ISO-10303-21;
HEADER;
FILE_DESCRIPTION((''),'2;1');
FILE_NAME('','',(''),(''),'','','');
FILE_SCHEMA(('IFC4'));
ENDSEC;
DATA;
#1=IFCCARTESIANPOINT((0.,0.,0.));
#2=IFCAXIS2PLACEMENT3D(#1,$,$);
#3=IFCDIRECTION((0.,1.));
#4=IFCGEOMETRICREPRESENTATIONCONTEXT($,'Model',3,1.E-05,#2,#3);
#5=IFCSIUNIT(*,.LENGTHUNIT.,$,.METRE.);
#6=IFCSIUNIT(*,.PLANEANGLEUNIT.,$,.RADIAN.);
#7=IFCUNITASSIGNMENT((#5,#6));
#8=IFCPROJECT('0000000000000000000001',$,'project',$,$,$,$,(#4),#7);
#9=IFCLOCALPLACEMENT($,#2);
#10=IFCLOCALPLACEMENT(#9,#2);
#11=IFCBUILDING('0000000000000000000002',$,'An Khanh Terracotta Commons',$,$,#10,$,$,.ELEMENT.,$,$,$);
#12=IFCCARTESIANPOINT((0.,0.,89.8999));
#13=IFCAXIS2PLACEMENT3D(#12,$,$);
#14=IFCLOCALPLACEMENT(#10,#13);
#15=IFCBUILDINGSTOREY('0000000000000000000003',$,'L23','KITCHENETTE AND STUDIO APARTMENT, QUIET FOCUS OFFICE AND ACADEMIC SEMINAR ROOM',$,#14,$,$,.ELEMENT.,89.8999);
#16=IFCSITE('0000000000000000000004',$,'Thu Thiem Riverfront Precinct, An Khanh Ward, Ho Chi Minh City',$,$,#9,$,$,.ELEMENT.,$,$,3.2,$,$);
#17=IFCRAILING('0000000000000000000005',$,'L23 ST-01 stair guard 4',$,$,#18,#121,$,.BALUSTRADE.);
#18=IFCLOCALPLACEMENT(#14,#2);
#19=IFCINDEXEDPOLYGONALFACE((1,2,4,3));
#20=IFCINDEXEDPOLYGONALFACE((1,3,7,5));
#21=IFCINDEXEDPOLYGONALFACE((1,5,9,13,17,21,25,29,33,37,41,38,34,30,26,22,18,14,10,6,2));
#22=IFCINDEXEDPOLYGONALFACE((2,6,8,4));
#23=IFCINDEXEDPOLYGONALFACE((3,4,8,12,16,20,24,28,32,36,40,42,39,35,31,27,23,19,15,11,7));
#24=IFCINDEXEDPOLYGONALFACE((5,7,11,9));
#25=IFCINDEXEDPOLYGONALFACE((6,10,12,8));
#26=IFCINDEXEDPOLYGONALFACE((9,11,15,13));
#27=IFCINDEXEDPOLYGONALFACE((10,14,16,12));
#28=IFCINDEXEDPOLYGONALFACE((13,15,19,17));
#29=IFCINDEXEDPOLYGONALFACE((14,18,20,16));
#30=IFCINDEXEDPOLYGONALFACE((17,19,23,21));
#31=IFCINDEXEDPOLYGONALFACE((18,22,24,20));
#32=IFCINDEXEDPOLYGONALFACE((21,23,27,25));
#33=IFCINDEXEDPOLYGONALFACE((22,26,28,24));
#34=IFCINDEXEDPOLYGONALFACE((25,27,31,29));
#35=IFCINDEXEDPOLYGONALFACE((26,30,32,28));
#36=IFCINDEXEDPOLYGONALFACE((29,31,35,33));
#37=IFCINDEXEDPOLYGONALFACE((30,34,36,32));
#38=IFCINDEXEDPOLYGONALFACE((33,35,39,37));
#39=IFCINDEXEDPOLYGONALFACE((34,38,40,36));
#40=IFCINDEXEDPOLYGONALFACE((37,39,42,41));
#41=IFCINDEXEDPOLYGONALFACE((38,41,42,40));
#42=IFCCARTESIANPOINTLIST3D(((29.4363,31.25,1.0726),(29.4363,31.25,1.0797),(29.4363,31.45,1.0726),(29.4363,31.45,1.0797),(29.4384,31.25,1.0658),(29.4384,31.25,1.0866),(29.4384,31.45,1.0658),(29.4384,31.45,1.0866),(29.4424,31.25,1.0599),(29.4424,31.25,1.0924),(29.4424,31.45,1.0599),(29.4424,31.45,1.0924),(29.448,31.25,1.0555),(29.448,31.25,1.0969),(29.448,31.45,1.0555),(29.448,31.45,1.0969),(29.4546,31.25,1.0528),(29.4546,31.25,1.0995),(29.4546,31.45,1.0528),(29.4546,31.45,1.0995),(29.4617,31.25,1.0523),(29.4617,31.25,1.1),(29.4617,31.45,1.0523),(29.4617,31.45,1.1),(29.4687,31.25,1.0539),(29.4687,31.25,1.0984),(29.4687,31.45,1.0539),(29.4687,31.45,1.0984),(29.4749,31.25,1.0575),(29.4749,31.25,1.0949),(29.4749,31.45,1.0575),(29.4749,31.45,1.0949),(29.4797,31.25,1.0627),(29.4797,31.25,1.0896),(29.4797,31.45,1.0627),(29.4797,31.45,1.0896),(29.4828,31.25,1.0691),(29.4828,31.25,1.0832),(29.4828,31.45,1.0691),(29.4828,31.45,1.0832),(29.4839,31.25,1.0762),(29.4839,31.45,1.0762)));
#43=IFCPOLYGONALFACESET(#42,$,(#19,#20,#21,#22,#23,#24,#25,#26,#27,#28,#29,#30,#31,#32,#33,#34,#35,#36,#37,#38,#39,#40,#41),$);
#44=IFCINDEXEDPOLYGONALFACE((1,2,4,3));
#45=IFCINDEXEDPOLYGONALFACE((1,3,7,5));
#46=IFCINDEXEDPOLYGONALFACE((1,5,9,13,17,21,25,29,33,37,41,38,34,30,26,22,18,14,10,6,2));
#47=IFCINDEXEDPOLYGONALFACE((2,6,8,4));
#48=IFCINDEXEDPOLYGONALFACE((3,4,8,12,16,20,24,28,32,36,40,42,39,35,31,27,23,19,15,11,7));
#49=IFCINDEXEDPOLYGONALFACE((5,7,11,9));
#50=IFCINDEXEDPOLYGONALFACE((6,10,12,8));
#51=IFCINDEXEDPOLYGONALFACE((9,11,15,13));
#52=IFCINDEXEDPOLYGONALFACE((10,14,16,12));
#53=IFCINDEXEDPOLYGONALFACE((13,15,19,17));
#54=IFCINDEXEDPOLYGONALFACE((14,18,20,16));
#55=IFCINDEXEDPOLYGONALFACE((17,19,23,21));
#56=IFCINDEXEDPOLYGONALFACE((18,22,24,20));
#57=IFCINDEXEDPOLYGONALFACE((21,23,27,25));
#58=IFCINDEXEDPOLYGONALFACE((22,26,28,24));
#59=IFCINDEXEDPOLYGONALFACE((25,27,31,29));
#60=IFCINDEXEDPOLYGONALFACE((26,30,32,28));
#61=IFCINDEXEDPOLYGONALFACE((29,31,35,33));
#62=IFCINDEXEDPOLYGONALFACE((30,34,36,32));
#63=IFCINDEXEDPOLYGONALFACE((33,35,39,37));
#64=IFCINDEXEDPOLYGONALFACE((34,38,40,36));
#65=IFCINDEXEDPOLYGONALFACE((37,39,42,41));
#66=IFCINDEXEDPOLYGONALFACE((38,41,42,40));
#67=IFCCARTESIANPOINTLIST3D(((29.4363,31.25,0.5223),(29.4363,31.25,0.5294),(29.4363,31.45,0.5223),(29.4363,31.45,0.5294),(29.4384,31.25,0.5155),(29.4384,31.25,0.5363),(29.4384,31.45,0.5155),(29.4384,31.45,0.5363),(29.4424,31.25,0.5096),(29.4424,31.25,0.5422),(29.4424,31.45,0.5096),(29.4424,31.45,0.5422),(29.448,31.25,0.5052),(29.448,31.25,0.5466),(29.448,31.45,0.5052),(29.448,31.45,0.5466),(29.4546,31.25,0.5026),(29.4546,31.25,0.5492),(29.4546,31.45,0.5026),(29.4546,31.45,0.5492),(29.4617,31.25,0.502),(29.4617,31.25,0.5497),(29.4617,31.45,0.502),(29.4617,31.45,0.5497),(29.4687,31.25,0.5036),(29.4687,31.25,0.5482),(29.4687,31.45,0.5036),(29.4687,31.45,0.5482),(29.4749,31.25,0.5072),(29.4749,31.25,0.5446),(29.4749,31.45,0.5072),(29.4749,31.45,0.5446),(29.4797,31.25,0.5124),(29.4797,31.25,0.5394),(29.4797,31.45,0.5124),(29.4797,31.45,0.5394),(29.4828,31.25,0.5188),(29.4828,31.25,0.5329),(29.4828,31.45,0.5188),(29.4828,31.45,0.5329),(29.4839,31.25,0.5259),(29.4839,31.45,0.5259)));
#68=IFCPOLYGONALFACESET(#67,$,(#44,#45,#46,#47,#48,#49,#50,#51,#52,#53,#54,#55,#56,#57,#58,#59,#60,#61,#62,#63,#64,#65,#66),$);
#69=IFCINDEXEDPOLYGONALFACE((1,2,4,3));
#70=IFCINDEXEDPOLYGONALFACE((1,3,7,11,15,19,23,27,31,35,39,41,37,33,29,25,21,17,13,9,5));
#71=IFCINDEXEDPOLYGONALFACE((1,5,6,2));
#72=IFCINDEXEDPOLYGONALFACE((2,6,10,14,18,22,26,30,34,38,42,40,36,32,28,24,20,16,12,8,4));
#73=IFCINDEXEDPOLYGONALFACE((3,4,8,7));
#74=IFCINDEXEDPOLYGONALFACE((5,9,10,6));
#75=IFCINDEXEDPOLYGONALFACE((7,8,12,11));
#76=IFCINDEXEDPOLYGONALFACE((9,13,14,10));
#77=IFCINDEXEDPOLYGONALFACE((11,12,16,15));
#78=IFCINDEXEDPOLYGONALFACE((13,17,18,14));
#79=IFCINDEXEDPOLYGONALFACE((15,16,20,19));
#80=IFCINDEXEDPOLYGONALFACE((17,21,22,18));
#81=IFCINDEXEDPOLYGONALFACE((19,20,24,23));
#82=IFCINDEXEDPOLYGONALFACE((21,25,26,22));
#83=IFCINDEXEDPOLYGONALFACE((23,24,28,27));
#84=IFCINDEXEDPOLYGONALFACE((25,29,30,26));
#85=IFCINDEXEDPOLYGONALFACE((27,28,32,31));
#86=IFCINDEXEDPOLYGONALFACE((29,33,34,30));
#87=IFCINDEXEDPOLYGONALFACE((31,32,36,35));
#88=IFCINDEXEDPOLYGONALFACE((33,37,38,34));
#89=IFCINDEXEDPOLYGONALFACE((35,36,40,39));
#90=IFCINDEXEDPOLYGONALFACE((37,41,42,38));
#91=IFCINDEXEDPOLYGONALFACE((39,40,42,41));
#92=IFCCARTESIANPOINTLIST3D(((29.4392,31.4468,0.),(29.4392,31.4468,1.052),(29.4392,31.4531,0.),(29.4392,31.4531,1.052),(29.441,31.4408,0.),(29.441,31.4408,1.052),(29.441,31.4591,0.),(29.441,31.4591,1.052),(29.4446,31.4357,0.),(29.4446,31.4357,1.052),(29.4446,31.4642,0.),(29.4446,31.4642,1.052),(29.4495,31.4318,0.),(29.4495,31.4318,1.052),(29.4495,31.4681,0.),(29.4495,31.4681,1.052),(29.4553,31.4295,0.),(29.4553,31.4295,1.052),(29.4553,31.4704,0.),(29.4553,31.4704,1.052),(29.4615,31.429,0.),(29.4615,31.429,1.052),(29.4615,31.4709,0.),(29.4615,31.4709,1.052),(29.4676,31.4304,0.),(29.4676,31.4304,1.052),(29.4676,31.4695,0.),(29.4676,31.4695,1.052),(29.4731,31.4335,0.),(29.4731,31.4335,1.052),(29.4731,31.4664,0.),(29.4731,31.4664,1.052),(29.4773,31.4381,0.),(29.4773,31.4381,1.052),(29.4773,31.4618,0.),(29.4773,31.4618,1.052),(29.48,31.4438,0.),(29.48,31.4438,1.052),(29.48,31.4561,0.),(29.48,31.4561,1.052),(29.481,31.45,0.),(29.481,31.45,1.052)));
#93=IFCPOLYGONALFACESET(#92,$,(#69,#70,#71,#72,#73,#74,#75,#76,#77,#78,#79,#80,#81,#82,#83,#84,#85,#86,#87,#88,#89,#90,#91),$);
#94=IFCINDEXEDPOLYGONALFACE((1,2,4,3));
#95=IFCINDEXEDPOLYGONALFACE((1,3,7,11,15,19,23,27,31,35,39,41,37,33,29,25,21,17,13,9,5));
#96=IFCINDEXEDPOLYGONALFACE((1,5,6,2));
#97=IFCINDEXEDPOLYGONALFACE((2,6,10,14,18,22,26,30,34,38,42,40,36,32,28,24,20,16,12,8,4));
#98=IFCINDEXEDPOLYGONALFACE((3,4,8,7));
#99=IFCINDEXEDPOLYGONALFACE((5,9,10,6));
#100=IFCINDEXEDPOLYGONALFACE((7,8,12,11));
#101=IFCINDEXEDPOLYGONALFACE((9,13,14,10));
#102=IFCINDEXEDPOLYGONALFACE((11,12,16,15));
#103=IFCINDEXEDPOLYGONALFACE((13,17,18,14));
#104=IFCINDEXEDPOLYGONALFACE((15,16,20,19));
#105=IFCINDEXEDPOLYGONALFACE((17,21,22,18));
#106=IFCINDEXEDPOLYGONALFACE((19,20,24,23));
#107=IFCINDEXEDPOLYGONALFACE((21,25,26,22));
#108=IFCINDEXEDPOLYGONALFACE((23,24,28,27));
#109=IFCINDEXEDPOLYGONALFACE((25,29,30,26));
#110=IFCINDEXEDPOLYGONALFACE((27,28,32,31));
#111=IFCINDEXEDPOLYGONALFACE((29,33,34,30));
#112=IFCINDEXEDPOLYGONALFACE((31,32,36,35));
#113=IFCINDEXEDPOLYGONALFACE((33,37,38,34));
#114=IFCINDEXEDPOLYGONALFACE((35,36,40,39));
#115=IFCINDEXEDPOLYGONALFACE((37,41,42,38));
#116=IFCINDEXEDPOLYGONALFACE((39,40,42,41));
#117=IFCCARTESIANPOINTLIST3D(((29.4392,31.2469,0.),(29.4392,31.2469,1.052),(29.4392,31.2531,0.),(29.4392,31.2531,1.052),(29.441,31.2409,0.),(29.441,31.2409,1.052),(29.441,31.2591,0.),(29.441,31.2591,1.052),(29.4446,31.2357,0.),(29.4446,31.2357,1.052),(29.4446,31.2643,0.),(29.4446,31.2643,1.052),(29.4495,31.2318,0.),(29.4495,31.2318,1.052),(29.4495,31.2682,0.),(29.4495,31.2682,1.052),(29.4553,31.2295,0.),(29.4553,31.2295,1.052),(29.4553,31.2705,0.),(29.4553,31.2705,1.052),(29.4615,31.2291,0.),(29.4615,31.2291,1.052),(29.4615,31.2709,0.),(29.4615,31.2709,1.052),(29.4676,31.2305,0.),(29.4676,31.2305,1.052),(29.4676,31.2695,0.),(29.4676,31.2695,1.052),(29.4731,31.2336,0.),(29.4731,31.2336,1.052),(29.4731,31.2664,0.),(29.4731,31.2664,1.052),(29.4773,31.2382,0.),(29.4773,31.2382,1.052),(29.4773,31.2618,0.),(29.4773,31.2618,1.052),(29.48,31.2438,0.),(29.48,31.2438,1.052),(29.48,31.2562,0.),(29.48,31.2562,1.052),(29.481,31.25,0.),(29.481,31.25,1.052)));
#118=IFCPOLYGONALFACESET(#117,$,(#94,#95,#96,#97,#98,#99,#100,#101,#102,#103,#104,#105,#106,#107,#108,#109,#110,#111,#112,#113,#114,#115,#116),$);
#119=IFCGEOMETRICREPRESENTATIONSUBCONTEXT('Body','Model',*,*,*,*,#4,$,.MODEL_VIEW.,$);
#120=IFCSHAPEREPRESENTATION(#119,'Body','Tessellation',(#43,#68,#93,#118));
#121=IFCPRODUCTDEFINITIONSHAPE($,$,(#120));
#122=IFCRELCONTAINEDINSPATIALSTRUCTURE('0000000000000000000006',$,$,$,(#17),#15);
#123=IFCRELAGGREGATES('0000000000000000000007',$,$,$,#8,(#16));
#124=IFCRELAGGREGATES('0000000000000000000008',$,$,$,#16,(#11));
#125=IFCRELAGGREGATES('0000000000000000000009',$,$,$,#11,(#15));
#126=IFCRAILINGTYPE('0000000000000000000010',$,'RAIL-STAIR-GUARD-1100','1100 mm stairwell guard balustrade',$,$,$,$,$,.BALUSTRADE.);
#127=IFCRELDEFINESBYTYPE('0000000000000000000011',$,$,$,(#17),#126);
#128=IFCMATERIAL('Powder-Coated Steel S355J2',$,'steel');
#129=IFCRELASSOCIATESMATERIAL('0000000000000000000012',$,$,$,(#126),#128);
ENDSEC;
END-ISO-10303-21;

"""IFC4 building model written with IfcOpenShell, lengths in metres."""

from ifc_helpers import new_model, si_unit, direction, frame, origin, origin_2d, place, context, subcontext, project, spatial, circle, extrude, material, type_object, element, save


model = new_model("IFC4")

# Units and contexts
model_context = context("Model", 3, precision=1e-05, world=origin(), true_north=direction((0.0, 1.0)))
body_context = subcontext(model_context, "Body", "Model", "MODEL_VIEW")
ifc_project = project(units=[si_unit("LENGTHUNIT", "METRE"), si_unit("PLANEANGLEUNIT", "RADIAN")], contexts=[model_context])

# Site, building, storey
site_placement = place(None, origin())
site = spatial("IfcSite", under=ifc_project, at=site_placement, Name="Thu Thiem Riverfront Precinct, An Khanh Ward, Ho Chi Minh City", CompositionType="ELEMENT", RefElevation=3.2)
building_placement = place(site_placement, origin())
building = spatial("IfcBuilding", under=site, at=building_placement, Name="An Khanh Terracotta Commons", CompositionType="ELEMENT")
storey_placement = place(building_placement, frame((0.0, 0.0, 89.8999)))
storey = spatial("IfcBuildingStorey", under=building, at=storey_placement, Name="L23", Description="KITCHENETTE AND STUDIO APARTMENT, QUIET FOCUS OFFICE AND ACADEMIC SEMINAR ROOM", CompositionType="ELEMENT", Elevation=89.8999)

# Railing
ifc_material_1 = material(Name="Powder-Coated Steel S355J2", Category="steel")
railing_type_1 = type_object("IfcRailingType", Name="RAIL-STAIR-GUARD-1100", Description="1100 mm stairwell guard balustrade", PredefinedType="BALUSTRADE", material=ifc_material_1)
railing_1_placement = place(storey_placement, frame((29.46, 31.45, 0.0)))
element("IfcRailing", 1, at=railing_1_placement, inside=storey, type_object=railing_type_1, Name="L23 ST-01 stair guard 4", PredefinedType="BALUSTRADE", context=body_context, shape_type="SweptSolid", body=[
    extrude(circle(Radius=0.0239, at=origin_2d()), frame((0.0, 0.0, 1.0762), z_axis=(0.0, -1.0, 0.0), x_axis=(1.0, 0.0, 0.0)), (0.0, 0.0, 1.0), 0.2),
    extrude(circle(Radius=0.0239, at=origin_2d()), frame((0.0, 0.0, 0.5259), z_axis=(0.0, -1.0, 0.0), x_axis=(1.0, 0.0, 0.0)), (0.0, 0.0, 1.0), 0.2),
    extrude(circle(Radius=0.021, at=origin_2d()), origin(), (0.0, 0.0, 1.0), 1.052),
    extrude(circle(Radius=0.021, at=origin_2d()), frame((0.0, -0.2, 0.0)), (0.0, 0.0, 1.0), 1.052),
])

save(model, "model.ifc")
